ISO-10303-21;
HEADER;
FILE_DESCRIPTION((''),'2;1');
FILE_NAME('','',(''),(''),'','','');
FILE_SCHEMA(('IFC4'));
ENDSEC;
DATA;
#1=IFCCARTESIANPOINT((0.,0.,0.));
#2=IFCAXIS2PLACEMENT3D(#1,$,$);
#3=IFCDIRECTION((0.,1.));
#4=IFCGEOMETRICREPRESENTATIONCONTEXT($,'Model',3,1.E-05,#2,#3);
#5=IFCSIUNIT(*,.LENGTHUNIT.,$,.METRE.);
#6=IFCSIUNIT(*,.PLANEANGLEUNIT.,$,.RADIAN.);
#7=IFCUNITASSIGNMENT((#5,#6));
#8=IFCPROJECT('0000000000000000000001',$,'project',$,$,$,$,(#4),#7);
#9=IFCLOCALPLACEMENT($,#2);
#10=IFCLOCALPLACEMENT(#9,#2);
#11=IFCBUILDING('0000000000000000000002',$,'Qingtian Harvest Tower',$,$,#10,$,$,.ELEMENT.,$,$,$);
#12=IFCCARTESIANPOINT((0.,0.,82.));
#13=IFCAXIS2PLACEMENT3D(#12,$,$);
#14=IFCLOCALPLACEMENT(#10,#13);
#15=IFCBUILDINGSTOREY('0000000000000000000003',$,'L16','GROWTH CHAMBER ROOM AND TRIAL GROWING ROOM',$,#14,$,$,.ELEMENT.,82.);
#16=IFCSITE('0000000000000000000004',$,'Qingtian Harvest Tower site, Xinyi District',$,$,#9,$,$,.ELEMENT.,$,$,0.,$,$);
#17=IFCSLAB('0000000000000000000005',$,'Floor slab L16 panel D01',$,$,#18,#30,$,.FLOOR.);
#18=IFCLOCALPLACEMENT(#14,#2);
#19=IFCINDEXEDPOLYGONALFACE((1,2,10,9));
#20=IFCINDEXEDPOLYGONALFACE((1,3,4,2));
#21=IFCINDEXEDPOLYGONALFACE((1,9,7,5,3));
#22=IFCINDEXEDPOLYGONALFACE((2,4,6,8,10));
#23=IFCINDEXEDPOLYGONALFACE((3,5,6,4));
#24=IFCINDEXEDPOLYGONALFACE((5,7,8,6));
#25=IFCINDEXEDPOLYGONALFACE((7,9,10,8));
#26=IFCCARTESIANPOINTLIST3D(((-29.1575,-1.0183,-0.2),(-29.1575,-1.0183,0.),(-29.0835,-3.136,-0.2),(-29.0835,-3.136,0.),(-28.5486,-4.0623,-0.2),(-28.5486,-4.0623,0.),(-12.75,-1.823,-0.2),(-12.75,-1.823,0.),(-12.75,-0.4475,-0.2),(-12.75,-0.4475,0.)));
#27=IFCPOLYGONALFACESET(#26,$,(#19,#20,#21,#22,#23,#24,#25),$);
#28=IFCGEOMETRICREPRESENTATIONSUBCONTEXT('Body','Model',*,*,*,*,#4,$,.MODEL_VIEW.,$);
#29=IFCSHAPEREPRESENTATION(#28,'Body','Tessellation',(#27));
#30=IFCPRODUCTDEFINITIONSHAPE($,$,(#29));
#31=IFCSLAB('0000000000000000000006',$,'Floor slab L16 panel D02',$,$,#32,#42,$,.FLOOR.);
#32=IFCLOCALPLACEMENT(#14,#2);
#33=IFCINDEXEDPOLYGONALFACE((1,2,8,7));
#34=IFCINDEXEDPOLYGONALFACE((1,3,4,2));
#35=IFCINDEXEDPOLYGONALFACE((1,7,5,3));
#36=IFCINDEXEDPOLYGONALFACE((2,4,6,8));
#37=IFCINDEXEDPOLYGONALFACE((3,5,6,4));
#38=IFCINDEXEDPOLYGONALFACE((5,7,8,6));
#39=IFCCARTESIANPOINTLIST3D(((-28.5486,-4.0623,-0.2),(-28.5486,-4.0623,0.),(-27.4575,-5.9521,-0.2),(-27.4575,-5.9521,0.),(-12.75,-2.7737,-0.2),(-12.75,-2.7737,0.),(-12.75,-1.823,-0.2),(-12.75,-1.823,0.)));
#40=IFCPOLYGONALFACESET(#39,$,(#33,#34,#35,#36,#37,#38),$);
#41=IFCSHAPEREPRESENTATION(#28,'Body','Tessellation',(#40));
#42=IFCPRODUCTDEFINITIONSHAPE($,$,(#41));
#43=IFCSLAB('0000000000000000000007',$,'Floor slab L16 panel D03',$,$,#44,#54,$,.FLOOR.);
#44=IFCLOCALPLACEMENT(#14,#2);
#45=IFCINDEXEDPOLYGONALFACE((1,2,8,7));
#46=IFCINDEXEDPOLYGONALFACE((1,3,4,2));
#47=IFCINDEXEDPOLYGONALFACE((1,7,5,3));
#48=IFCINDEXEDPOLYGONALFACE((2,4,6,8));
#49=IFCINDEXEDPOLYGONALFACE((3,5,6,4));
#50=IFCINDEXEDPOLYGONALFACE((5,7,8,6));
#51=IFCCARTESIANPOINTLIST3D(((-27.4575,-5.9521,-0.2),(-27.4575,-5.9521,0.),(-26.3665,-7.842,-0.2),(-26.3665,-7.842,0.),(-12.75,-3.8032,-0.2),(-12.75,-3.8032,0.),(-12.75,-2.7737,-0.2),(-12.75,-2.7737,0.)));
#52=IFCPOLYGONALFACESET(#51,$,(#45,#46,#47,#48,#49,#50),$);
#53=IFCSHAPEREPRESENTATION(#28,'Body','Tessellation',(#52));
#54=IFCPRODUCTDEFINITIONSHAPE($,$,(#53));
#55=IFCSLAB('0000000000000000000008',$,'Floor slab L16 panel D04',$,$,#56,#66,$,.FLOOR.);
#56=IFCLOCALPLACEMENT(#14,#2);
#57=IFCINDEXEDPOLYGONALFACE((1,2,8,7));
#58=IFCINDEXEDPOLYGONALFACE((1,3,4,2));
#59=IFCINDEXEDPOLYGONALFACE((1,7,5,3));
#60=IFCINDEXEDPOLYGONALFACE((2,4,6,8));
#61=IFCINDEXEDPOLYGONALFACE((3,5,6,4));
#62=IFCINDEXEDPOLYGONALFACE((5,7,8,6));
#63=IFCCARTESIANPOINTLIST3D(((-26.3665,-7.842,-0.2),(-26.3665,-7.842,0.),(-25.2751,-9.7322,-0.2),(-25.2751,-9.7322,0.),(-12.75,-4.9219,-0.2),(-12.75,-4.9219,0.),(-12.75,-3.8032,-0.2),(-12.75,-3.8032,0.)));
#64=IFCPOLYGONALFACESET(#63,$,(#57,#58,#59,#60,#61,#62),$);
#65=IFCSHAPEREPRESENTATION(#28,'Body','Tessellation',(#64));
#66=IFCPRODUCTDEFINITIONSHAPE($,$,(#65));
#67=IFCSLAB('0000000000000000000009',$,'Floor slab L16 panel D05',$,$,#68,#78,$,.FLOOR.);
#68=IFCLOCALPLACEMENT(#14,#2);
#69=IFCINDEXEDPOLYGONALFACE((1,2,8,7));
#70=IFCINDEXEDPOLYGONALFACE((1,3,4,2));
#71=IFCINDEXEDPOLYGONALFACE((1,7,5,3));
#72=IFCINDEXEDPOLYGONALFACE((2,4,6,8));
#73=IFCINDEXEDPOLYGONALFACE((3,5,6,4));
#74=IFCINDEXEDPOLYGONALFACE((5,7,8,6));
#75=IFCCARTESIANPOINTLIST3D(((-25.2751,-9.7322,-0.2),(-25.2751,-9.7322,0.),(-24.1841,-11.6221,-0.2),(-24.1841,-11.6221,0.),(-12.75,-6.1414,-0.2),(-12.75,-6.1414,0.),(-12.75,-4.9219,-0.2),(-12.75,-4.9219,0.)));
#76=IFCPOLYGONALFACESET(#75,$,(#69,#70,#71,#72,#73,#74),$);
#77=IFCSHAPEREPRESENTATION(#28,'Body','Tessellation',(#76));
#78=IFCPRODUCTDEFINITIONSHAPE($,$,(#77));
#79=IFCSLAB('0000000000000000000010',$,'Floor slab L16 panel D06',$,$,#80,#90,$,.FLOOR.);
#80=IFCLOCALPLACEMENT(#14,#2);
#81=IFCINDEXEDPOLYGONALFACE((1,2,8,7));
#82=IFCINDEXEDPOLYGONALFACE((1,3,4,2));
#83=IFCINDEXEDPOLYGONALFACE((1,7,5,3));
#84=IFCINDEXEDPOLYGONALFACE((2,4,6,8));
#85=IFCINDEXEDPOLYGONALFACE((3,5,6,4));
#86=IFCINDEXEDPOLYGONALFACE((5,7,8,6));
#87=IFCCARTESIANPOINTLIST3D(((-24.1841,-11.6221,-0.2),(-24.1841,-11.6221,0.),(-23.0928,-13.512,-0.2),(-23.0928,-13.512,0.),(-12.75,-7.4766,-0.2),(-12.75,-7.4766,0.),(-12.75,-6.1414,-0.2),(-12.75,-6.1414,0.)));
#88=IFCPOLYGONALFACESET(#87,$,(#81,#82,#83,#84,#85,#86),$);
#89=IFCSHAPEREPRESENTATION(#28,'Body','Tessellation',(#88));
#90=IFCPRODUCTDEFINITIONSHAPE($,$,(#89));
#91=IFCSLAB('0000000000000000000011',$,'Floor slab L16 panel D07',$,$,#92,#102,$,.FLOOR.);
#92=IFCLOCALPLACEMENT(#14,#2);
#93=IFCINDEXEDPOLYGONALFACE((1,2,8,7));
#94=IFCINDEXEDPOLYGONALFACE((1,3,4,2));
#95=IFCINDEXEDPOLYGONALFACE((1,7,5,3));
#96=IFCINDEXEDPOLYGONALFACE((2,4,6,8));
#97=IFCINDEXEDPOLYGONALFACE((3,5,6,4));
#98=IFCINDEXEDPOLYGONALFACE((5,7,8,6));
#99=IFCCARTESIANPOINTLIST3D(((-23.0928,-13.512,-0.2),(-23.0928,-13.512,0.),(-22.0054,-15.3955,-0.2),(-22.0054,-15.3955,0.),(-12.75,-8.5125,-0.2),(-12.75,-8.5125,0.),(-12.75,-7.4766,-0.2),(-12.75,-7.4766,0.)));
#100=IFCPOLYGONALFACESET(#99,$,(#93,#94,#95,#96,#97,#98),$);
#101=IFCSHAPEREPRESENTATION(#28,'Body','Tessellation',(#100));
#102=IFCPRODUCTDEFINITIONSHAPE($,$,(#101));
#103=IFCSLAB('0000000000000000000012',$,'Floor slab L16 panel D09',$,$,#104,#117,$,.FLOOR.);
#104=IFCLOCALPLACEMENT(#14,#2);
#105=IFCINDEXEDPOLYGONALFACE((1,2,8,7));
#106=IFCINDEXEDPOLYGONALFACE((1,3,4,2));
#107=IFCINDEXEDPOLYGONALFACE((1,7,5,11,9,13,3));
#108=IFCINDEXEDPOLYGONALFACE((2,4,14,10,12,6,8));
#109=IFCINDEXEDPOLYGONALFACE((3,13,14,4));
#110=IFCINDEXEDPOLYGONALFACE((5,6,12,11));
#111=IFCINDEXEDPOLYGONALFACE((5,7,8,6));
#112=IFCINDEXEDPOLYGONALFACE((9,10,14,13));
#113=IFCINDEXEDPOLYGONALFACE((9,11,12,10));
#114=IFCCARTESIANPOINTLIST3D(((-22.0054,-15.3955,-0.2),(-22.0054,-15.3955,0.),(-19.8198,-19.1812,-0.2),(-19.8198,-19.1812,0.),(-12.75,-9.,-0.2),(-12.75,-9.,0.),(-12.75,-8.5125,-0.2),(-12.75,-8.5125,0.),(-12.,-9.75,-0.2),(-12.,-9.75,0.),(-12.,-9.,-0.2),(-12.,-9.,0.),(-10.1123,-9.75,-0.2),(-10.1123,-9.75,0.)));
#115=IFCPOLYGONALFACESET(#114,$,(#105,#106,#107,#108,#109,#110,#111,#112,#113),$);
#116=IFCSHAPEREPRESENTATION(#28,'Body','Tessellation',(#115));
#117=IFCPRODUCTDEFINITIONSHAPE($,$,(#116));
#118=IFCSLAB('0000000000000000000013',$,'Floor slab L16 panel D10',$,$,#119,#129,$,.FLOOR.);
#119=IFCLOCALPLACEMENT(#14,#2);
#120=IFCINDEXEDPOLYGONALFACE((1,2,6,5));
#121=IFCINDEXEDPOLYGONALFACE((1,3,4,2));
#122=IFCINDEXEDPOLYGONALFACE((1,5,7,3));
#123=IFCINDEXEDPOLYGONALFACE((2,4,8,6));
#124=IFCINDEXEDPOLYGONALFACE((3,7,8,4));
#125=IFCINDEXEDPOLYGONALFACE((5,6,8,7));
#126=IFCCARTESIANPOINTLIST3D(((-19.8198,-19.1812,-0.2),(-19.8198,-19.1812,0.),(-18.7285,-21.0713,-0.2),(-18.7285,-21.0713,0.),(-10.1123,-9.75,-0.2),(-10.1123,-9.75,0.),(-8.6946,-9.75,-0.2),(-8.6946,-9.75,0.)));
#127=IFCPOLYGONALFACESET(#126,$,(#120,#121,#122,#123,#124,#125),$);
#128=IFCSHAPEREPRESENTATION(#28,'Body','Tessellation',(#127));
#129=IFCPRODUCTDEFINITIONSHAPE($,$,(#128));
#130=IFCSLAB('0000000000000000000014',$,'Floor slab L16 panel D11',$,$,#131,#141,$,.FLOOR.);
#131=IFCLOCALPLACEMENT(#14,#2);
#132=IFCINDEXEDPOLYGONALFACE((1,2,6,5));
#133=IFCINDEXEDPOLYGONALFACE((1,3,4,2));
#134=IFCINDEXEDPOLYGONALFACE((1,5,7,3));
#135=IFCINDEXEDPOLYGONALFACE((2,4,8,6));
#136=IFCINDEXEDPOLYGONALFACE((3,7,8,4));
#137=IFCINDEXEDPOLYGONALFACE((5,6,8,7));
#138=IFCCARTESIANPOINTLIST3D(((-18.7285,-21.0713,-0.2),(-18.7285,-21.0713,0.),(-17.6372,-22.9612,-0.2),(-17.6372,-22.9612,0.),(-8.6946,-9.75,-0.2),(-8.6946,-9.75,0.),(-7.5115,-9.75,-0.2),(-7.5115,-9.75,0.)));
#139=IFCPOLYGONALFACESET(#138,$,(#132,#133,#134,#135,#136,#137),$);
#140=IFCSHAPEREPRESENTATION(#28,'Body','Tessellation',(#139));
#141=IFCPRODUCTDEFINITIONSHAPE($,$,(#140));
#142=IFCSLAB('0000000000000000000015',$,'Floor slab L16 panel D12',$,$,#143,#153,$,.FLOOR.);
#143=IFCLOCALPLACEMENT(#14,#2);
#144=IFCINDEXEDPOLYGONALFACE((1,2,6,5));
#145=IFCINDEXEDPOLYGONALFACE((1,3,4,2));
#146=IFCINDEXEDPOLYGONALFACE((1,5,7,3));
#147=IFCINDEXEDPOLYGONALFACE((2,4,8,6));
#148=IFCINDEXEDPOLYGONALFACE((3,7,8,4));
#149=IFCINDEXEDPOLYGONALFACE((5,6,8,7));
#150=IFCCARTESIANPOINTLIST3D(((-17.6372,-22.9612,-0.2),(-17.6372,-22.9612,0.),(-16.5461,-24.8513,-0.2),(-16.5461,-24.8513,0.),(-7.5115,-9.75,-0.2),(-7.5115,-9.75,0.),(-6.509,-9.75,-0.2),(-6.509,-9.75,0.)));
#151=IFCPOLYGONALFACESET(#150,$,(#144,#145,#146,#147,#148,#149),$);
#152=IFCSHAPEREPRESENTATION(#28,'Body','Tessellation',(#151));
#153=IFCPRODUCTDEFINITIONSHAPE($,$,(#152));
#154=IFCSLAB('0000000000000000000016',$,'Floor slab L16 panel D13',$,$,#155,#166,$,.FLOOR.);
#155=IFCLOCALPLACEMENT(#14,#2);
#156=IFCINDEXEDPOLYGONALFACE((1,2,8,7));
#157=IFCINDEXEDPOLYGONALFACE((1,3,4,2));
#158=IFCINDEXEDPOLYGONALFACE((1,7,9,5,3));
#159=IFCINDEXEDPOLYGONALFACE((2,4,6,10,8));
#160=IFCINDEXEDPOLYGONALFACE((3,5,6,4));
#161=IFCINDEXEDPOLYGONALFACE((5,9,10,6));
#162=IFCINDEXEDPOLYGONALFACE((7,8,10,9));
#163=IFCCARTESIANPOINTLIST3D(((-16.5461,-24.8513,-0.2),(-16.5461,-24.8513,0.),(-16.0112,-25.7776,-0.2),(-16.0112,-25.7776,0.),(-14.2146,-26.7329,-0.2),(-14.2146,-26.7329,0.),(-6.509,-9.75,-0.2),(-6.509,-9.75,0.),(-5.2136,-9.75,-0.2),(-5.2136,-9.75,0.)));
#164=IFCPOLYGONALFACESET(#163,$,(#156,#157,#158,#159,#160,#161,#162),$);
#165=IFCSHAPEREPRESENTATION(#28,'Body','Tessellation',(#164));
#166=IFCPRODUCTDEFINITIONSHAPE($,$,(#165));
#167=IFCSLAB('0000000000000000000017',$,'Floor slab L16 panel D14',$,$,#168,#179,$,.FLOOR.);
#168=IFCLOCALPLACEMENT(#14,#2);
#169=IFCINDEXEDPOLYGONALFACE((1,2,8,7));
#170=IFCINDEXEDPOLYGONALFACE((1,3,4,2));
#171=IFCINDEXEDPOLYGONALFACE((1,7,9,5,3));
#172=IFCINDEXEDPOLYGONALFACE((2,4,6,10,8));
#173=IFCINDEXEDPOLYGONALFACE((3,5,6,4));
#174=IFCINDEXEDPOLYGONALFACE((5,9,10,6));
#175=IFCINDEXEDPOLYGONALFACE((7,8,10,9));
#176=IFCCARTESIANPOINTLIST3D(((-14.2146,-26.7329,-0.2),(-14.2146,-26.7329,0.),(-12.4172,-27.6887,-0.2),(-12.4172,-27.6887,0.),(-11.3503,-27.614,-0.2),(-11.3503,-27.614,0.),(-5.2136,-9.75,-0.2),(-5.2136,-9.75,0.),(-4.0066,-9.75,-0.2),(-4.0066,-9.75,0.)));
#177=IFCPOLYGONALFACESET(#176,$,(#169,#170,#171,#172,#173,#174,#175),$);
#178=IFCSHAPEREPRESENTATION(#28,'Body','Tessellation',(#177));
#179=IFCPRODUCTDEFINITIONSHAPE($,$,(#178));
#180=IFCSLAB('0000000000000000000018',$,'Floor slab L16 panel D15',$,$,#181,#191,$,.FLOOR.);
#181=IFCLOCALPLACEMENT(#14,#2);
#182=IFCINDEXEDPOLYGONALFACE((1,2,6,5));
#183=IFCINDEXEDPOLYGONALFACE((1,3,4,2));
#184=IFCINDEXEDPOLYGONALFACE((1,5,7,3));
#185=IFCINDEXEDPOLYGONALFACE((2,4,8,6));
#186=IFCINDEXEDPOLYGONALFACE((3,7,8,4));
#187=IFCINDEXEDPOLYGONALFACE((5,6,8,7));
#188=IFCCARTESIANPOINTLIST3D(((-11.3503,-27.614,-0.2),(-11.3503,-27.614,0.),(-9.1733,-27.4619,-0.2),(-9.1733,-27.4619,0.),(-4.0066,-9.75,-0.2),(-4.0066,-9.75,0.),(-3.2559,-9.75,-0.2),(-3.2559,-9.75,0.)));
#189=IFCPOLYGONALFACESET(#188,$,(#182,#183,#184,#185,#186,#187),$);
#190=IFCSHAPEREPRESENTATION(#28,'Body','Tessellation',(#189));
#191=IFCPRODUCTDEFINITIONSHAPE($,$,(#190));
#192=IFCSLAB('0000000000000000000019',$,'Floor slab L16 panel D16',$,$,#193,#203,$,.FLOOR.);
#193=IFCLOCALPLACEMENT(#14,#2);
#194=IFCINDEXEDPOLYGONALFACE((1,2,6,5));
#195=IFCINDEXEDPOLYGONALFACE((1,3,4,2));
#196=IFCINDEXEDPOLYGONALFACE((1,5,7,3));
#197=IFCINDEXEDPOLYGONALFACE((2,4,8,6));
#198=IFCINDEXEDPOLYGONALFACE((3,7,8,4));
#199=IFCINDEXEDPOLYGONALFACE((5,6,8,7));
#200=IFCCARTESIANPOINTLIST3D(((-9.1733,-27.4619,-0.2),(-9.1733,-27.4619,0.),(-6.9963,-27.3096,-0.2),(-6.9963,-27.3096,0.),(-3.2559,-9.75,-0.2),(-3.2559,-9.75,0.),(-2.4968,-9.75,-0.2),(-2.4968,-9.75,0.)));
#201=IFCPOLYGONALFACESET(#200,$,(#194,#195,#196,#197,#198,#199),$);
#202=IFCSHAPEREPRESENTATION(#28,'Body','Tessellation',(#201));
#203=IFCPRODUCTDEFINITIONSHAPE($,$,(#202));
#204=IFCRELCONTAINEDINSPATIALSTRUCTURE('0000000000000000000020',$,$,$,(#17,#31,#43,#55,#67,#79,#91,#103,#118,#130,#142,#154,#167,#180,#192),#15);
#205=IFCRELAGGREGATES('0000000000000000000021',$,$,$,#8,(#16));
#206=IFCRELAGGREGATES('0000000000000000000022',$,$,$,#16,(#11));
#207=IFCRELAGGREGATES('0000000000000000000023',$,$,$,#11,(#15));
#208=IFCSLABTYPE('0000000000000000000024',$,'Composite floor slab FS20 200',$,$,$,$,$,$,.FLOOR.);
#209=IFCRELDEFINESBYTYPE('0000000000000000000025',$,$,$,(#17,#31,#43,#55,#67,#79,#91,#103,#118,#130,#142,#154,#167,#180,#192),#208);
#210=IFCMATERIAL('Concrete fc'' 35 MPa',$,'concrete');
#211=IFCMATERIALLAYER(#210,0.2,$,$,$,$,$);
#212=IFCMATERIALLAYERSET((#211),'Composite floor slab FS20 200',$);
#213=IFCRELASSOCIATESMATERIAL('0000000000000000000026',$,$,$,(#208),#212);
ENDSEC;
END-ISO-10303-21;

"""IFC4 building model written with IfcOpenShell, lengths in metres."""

from ifc_helpers import new_model, si_unit, direction, frame, origin, place, context, subcontext, project, spatial, polyline, outline, extrude, material, layer, layer_set, type_object, element, save


model = new_model("IFC4")

# Units and contexts
model_context = context("Model", 3, precision=1e-05, world=origin(), true_north=direction((0.0, 1.0)))
body_context = subcontext(model_context, "Body", "Model", "MODEL_VIEW")
ifc_project = project(units=[si_unit("LENGTHUNIT", "METRE"), si_unit("PLANEANGLEUNIT", "RADIAN")], contexts=[model_context])

# Site, building, storey
site_placement = place(None, origin())
site = spatial("IfcSite", under=ifc_project, at=site_placement, Name="Qingtian Harvest Tower site, Xinyi District", CompositionType="ELEMENT", RefElevation=0.0)
building_placement = place(site_placement, origin())
building = spatial("IfcBuilding", under=site, at=building_placement, Name="Qingtian Harvest Tower", CompositionType="ELEMENT")
storey_placement = place(building_placement, frame((0.0, 0.0, 82.0)))
storey = spatial("IfcBuildingStorey", under=building, at=storey_placement, Name="L16", Description="GROWTH CHAMBER ROOM AND TRIAL GROWING ROOM", CompositionType="ELEMENT", Elevation=82.0)

# Slabs
ifc_material_1 = material(Name="Concrete fc' 35 MPa", Category="concrete")
ifc_layer_1 = layer(ifc_material_1, 0.2)
ifc_layer_set_1 = layer_set([ifc_layer_1], Name="Composite floor slab FS20 200")
slab_type_1 = type_object("IfcSlabType", Name="Composite floor slab FS20 200", PredefinedType="FLOOR", material=ifc_layer_set_1)
slab_1_placement = place(storey_placement, frame((0.0, 0.0, -0.2)))
element("IfcSlab", 1, at=slab_1_placement, inside=storey, type_object=slab_type_1, Name="Floor slab L16 panel D01", PredefinedType="FLOOR", context=body_context, shape_type="SweptSolid", body=[
    extrude(outline(polyline([(-29.1575, -1.0183), (-12.75, -0.4475), (-12.75, -1.823), (-28.5486, -4.0623), (-29.0835, -3.136), (-29.1575, -1.0183)])), origin(), (0.0, 0.0, 1.0), 0.2),
])
slab_2_placement = place(storey_placement, frame((0.0, 0.0, -0.2)))
element("IfcSlab", 2, at=slab_2_placement, inside=storey, type_object=slab_type_1, Name="Floor slab L16 panel D02", PredefinedType="FLOOR", context=body_context, shape_type="SweptSolid", body=[
    extrude(outline(polyline([(-12.75, -2.7737), (-27.4575, -5.9521), (-28.5486, -4.0623), (-12.75, -1.823), (-12.75, -2.7737)])), origin(), (0.0, 0.0, 1.0), 0.2),
])
slab_3_placement = place(storey_placement, frame((0.0, 0.0, -0.2)))
element("IfcSlab", 3, at=slab_3_placement, inside=storey, type_object=slab_type_1, Name="Floor slab L16 panel D03", PredefinedType="FLOOR", context=body_context, shape_type="SweptSolid", body=[
    extrude(outline(polyline([(-12.75, -3.8032), (-26.3665, -7.842), (-27.4575, -5.9521), (-12.75, -2.7737), (-12.75, -3.8032)])), origin(), (0.0, 0.0, 1.0), 0.2),
])
slab_4_placement = place(storey_placement, frame((0.0, 0.0, -0.2)))
element("IfcSlab", 4, at=slab_4_placement, inside=storey, type_object=slab_type_1, Name="Floor slab L16 panel D04", PredefinedType="FLOOR", context=body_context, shape_type="SweptSolid", body=[
    extrude(outline(polyline([(-12.75, -4.9219), (-25.2751, -9.7322), (-26.3665, -7.842), (-12.75, -3.8032), (-12.75, -4.9219)])), origin(), (0.0, 0.0, 1.0), 0.2),
])
slab_5_placement = place(storey_placement, frame((0.0, 0.0, -0.2)))
element("IfcSlab", 5, at=slab_5_placement, inside=storey, type_object=slab_type_1, Name="Floor slab L16 panel D05", PredefinedType="FLOOR", context=body_context, shape_type="SweptSolid", body=[
    extrude(outline(polyline([(-12.75, -6.1414), (-24.1841, -11.6221), (-25.2751, -9.7322), (-12.75, -4.9219), (-12.75, -6.1414)])), origin(), (0.0, 0.0, 1.0), 0.2),
])
slab_6_placement = place(storey_placement, frame((0.0, 0.0, -0.2)))
element("IfcSlab", 6, at=slab_6_placement, inside=storey, type_object=slab_type_1, Name="Floor slab L16 panel D06", PredefinedType="FLOOR", context=body_context, shape_type="SweptSolid", body=[
    extrude(outline(polyline([(-12.75, -7.4766), (-23.0928, -13.512), (-24.1841, -11.6221), (-12.75, -6.1414), (-12.75, -7.4766)])), origin(), (0.0, 0.0, 1.0), 0.2),
])
slab_7_placement = place(storey_placement, frame((0.0, 0.0, -0.2)))
element("IfcSlab", 7, at=slab_7_placement, inside=storey, type_object=slab_type_1, Name="Floor slab L16 panel D07", PredefinedType="FLOOR", context=body_context, shape_type="SweptSolid", body=[
    extrude(outline(polyline([(-12.75, -8.5125), (-22.0054, -15.3955), (-23.0928, -13.512), (-12.75, -7.4766), (-12.75, -8.5125)])), origin(), (0.0, 0.0, 1.0), 0.2),
])
slab_8_placement = place(storey_placement, frame((0.0, 0.0, -0.2)))
element("IfcSlab", 8, at=slab_8_placement, inside=storey, type_object=slab_type_1, Name="Floor slab L16 panel D09", PredefinedType="FLOOR", context=body_context, shape_type="SweptSolid", body=[
    extrude(outline(polyline([(-19.8198, -19.1812), (-22.0054, -15.3955), (-12.75, -8.5125), (-12.75, -9.0), (-12.0, -9.0), (-12.0, -9.75), (-10.1123, -9.75), (-19.8198, -19.1812)])), origin(), (0.0, 0.0, 1.0), 0.2),
])
slab_9_placement = place(storey_placement, frame((0.0, 0.0, -0.2)))
element("IfcSlab", 9, at=slab_9_placement, inside=storey, type_object=slab_type_1, Name="Floor slab L16 panel D10", PredefinedType="FLOOR", context=body_context, shape_type="SweptSolid", body=[
    extrude(outline(polyline([(-8.6946, -9.75), (-18.7285, -21.0713), (-19.8198, -19.1812), (-10.1123, -9.75), (-8.6946, -9.75)])), origin(), (0.0, 0.0, 1.0), 0.2),
])
slab_10_placement = place(storey_placement, frame((0.0, 0.0, -0.2)))
element("IfcSlab", 10, at=slab_10_placement, inside=storey, type_object=slab_type_1, Name="Floor slab L16 panel D11", PredefinedType="FLOOR", context=body_context, shape_type="SweptSolid", body=[
    extrude(outline(polyline([(-7.5115, -9.75), (-17.6372, -22.9612), (-18.7285, -21.0713), (-8.6946, -9.75), (-7.5115, -9.75)])), origin(), (0.0, 0.0, 1.0), 0.2),
])
slab_11_placement = place(storey_placement, frame((0.0, 0.0, -0.2)))
element("IfcSlab", 11, at=slab_11_placement, inside=storey, type_object=slab_type_1, Name="Floor slab L16 panel D12", PredefinedType="FLOOR", context=body_context, shape_type="SweptSolid", body=[
    extrude(outline(polyline([(-6.509, -9.75), (-16.5461, -24.8513), (-17.6372, -22.9612), (-7.5115, -9.75), (-6.509, -9.75)])), origin(), (0.0, 0.0, 1.0), 0.2),
])
slab_12_placement = place(storey_placement, frame((0.0, 0.0, -0.2)))
element("IfcSlab", 12, at=slab_12_placement, inside=storey, type_object=slab_type_1, Name="Floor slab L16 panel D13", PredefinedType="FLOOR", context=body_context, shape_type="SweptSolid", body=[
    extrude(outline(polyline([(-6.509, -9.75), (-5.2136, -9.75), (-14.2146, -26.7329), (-16.0112, -25.7776), (-16.5461, -24.8513), (-6.509, -9.75)])), origin(), (0.0, 0.0, 1.0), 0.2),
])
slab_13_placement = place(storey_placement, frame((0.0, 0.0, -0.2)))
element("IfcSlab", 13, at=slab_13_placement, inside=storey, type_object=slab_type_1, Name="Floor slab L16 panel D14", PredefinedType="FLOOR", context=body_context, shape_type="SweptSolid", body=[
    extrude(outline(polyline([(-5.2136, -9.75), (-4.0066, -9.75), (-11.3503, -27.614), (-12.4172, -27.6887), (-14.2146, -26.7329), (-5.2136, -9.75)])), origin(), (0.0, 0.0, 1.0), 0.2),
])
slab_14_placement = place(storey_placement, frame((0.0, 0.0, -0.2)))
element("IfcSlab", 14, at=slab_14_placement, inside=storey, type_object=slab_type_1, Name="Floor slab L16 panel D15", PredefinedType="FLOOR", context=body_context, shape_type="SweptSolid", body=[
    extrude(outline(polyline([(-3.2559, -9.75), (-9.1733, -27.4619), (-11.3503, -27.614), (-4.0066, -9.75), (-3.2559, -9.75)])), origin(), (0.0, 0.0, 1.0), 0.2),
])
slab_15_placement = place(storey_placement, frame((0.0, 0.0, -0.2)))
element("IfcSlab", 15, at=slab_15_placement, inside=storey, type_object=slab_type_1, Name="Floor slab L16 panel D16", PredefinedType="FLOOR", context=body_context, shape_type="SweptSolid", body=[
    extrude(outline(polyline([(-2.4968, -9.75), (-6.9963, -27.3096), (-9.1733, -27.4619), (-3.2559, -9.75), (-2.4968, -9.75)])), origin(), (0.0, 0.0, 1.0), 0.2),
])

save(model, "model.ifc")
